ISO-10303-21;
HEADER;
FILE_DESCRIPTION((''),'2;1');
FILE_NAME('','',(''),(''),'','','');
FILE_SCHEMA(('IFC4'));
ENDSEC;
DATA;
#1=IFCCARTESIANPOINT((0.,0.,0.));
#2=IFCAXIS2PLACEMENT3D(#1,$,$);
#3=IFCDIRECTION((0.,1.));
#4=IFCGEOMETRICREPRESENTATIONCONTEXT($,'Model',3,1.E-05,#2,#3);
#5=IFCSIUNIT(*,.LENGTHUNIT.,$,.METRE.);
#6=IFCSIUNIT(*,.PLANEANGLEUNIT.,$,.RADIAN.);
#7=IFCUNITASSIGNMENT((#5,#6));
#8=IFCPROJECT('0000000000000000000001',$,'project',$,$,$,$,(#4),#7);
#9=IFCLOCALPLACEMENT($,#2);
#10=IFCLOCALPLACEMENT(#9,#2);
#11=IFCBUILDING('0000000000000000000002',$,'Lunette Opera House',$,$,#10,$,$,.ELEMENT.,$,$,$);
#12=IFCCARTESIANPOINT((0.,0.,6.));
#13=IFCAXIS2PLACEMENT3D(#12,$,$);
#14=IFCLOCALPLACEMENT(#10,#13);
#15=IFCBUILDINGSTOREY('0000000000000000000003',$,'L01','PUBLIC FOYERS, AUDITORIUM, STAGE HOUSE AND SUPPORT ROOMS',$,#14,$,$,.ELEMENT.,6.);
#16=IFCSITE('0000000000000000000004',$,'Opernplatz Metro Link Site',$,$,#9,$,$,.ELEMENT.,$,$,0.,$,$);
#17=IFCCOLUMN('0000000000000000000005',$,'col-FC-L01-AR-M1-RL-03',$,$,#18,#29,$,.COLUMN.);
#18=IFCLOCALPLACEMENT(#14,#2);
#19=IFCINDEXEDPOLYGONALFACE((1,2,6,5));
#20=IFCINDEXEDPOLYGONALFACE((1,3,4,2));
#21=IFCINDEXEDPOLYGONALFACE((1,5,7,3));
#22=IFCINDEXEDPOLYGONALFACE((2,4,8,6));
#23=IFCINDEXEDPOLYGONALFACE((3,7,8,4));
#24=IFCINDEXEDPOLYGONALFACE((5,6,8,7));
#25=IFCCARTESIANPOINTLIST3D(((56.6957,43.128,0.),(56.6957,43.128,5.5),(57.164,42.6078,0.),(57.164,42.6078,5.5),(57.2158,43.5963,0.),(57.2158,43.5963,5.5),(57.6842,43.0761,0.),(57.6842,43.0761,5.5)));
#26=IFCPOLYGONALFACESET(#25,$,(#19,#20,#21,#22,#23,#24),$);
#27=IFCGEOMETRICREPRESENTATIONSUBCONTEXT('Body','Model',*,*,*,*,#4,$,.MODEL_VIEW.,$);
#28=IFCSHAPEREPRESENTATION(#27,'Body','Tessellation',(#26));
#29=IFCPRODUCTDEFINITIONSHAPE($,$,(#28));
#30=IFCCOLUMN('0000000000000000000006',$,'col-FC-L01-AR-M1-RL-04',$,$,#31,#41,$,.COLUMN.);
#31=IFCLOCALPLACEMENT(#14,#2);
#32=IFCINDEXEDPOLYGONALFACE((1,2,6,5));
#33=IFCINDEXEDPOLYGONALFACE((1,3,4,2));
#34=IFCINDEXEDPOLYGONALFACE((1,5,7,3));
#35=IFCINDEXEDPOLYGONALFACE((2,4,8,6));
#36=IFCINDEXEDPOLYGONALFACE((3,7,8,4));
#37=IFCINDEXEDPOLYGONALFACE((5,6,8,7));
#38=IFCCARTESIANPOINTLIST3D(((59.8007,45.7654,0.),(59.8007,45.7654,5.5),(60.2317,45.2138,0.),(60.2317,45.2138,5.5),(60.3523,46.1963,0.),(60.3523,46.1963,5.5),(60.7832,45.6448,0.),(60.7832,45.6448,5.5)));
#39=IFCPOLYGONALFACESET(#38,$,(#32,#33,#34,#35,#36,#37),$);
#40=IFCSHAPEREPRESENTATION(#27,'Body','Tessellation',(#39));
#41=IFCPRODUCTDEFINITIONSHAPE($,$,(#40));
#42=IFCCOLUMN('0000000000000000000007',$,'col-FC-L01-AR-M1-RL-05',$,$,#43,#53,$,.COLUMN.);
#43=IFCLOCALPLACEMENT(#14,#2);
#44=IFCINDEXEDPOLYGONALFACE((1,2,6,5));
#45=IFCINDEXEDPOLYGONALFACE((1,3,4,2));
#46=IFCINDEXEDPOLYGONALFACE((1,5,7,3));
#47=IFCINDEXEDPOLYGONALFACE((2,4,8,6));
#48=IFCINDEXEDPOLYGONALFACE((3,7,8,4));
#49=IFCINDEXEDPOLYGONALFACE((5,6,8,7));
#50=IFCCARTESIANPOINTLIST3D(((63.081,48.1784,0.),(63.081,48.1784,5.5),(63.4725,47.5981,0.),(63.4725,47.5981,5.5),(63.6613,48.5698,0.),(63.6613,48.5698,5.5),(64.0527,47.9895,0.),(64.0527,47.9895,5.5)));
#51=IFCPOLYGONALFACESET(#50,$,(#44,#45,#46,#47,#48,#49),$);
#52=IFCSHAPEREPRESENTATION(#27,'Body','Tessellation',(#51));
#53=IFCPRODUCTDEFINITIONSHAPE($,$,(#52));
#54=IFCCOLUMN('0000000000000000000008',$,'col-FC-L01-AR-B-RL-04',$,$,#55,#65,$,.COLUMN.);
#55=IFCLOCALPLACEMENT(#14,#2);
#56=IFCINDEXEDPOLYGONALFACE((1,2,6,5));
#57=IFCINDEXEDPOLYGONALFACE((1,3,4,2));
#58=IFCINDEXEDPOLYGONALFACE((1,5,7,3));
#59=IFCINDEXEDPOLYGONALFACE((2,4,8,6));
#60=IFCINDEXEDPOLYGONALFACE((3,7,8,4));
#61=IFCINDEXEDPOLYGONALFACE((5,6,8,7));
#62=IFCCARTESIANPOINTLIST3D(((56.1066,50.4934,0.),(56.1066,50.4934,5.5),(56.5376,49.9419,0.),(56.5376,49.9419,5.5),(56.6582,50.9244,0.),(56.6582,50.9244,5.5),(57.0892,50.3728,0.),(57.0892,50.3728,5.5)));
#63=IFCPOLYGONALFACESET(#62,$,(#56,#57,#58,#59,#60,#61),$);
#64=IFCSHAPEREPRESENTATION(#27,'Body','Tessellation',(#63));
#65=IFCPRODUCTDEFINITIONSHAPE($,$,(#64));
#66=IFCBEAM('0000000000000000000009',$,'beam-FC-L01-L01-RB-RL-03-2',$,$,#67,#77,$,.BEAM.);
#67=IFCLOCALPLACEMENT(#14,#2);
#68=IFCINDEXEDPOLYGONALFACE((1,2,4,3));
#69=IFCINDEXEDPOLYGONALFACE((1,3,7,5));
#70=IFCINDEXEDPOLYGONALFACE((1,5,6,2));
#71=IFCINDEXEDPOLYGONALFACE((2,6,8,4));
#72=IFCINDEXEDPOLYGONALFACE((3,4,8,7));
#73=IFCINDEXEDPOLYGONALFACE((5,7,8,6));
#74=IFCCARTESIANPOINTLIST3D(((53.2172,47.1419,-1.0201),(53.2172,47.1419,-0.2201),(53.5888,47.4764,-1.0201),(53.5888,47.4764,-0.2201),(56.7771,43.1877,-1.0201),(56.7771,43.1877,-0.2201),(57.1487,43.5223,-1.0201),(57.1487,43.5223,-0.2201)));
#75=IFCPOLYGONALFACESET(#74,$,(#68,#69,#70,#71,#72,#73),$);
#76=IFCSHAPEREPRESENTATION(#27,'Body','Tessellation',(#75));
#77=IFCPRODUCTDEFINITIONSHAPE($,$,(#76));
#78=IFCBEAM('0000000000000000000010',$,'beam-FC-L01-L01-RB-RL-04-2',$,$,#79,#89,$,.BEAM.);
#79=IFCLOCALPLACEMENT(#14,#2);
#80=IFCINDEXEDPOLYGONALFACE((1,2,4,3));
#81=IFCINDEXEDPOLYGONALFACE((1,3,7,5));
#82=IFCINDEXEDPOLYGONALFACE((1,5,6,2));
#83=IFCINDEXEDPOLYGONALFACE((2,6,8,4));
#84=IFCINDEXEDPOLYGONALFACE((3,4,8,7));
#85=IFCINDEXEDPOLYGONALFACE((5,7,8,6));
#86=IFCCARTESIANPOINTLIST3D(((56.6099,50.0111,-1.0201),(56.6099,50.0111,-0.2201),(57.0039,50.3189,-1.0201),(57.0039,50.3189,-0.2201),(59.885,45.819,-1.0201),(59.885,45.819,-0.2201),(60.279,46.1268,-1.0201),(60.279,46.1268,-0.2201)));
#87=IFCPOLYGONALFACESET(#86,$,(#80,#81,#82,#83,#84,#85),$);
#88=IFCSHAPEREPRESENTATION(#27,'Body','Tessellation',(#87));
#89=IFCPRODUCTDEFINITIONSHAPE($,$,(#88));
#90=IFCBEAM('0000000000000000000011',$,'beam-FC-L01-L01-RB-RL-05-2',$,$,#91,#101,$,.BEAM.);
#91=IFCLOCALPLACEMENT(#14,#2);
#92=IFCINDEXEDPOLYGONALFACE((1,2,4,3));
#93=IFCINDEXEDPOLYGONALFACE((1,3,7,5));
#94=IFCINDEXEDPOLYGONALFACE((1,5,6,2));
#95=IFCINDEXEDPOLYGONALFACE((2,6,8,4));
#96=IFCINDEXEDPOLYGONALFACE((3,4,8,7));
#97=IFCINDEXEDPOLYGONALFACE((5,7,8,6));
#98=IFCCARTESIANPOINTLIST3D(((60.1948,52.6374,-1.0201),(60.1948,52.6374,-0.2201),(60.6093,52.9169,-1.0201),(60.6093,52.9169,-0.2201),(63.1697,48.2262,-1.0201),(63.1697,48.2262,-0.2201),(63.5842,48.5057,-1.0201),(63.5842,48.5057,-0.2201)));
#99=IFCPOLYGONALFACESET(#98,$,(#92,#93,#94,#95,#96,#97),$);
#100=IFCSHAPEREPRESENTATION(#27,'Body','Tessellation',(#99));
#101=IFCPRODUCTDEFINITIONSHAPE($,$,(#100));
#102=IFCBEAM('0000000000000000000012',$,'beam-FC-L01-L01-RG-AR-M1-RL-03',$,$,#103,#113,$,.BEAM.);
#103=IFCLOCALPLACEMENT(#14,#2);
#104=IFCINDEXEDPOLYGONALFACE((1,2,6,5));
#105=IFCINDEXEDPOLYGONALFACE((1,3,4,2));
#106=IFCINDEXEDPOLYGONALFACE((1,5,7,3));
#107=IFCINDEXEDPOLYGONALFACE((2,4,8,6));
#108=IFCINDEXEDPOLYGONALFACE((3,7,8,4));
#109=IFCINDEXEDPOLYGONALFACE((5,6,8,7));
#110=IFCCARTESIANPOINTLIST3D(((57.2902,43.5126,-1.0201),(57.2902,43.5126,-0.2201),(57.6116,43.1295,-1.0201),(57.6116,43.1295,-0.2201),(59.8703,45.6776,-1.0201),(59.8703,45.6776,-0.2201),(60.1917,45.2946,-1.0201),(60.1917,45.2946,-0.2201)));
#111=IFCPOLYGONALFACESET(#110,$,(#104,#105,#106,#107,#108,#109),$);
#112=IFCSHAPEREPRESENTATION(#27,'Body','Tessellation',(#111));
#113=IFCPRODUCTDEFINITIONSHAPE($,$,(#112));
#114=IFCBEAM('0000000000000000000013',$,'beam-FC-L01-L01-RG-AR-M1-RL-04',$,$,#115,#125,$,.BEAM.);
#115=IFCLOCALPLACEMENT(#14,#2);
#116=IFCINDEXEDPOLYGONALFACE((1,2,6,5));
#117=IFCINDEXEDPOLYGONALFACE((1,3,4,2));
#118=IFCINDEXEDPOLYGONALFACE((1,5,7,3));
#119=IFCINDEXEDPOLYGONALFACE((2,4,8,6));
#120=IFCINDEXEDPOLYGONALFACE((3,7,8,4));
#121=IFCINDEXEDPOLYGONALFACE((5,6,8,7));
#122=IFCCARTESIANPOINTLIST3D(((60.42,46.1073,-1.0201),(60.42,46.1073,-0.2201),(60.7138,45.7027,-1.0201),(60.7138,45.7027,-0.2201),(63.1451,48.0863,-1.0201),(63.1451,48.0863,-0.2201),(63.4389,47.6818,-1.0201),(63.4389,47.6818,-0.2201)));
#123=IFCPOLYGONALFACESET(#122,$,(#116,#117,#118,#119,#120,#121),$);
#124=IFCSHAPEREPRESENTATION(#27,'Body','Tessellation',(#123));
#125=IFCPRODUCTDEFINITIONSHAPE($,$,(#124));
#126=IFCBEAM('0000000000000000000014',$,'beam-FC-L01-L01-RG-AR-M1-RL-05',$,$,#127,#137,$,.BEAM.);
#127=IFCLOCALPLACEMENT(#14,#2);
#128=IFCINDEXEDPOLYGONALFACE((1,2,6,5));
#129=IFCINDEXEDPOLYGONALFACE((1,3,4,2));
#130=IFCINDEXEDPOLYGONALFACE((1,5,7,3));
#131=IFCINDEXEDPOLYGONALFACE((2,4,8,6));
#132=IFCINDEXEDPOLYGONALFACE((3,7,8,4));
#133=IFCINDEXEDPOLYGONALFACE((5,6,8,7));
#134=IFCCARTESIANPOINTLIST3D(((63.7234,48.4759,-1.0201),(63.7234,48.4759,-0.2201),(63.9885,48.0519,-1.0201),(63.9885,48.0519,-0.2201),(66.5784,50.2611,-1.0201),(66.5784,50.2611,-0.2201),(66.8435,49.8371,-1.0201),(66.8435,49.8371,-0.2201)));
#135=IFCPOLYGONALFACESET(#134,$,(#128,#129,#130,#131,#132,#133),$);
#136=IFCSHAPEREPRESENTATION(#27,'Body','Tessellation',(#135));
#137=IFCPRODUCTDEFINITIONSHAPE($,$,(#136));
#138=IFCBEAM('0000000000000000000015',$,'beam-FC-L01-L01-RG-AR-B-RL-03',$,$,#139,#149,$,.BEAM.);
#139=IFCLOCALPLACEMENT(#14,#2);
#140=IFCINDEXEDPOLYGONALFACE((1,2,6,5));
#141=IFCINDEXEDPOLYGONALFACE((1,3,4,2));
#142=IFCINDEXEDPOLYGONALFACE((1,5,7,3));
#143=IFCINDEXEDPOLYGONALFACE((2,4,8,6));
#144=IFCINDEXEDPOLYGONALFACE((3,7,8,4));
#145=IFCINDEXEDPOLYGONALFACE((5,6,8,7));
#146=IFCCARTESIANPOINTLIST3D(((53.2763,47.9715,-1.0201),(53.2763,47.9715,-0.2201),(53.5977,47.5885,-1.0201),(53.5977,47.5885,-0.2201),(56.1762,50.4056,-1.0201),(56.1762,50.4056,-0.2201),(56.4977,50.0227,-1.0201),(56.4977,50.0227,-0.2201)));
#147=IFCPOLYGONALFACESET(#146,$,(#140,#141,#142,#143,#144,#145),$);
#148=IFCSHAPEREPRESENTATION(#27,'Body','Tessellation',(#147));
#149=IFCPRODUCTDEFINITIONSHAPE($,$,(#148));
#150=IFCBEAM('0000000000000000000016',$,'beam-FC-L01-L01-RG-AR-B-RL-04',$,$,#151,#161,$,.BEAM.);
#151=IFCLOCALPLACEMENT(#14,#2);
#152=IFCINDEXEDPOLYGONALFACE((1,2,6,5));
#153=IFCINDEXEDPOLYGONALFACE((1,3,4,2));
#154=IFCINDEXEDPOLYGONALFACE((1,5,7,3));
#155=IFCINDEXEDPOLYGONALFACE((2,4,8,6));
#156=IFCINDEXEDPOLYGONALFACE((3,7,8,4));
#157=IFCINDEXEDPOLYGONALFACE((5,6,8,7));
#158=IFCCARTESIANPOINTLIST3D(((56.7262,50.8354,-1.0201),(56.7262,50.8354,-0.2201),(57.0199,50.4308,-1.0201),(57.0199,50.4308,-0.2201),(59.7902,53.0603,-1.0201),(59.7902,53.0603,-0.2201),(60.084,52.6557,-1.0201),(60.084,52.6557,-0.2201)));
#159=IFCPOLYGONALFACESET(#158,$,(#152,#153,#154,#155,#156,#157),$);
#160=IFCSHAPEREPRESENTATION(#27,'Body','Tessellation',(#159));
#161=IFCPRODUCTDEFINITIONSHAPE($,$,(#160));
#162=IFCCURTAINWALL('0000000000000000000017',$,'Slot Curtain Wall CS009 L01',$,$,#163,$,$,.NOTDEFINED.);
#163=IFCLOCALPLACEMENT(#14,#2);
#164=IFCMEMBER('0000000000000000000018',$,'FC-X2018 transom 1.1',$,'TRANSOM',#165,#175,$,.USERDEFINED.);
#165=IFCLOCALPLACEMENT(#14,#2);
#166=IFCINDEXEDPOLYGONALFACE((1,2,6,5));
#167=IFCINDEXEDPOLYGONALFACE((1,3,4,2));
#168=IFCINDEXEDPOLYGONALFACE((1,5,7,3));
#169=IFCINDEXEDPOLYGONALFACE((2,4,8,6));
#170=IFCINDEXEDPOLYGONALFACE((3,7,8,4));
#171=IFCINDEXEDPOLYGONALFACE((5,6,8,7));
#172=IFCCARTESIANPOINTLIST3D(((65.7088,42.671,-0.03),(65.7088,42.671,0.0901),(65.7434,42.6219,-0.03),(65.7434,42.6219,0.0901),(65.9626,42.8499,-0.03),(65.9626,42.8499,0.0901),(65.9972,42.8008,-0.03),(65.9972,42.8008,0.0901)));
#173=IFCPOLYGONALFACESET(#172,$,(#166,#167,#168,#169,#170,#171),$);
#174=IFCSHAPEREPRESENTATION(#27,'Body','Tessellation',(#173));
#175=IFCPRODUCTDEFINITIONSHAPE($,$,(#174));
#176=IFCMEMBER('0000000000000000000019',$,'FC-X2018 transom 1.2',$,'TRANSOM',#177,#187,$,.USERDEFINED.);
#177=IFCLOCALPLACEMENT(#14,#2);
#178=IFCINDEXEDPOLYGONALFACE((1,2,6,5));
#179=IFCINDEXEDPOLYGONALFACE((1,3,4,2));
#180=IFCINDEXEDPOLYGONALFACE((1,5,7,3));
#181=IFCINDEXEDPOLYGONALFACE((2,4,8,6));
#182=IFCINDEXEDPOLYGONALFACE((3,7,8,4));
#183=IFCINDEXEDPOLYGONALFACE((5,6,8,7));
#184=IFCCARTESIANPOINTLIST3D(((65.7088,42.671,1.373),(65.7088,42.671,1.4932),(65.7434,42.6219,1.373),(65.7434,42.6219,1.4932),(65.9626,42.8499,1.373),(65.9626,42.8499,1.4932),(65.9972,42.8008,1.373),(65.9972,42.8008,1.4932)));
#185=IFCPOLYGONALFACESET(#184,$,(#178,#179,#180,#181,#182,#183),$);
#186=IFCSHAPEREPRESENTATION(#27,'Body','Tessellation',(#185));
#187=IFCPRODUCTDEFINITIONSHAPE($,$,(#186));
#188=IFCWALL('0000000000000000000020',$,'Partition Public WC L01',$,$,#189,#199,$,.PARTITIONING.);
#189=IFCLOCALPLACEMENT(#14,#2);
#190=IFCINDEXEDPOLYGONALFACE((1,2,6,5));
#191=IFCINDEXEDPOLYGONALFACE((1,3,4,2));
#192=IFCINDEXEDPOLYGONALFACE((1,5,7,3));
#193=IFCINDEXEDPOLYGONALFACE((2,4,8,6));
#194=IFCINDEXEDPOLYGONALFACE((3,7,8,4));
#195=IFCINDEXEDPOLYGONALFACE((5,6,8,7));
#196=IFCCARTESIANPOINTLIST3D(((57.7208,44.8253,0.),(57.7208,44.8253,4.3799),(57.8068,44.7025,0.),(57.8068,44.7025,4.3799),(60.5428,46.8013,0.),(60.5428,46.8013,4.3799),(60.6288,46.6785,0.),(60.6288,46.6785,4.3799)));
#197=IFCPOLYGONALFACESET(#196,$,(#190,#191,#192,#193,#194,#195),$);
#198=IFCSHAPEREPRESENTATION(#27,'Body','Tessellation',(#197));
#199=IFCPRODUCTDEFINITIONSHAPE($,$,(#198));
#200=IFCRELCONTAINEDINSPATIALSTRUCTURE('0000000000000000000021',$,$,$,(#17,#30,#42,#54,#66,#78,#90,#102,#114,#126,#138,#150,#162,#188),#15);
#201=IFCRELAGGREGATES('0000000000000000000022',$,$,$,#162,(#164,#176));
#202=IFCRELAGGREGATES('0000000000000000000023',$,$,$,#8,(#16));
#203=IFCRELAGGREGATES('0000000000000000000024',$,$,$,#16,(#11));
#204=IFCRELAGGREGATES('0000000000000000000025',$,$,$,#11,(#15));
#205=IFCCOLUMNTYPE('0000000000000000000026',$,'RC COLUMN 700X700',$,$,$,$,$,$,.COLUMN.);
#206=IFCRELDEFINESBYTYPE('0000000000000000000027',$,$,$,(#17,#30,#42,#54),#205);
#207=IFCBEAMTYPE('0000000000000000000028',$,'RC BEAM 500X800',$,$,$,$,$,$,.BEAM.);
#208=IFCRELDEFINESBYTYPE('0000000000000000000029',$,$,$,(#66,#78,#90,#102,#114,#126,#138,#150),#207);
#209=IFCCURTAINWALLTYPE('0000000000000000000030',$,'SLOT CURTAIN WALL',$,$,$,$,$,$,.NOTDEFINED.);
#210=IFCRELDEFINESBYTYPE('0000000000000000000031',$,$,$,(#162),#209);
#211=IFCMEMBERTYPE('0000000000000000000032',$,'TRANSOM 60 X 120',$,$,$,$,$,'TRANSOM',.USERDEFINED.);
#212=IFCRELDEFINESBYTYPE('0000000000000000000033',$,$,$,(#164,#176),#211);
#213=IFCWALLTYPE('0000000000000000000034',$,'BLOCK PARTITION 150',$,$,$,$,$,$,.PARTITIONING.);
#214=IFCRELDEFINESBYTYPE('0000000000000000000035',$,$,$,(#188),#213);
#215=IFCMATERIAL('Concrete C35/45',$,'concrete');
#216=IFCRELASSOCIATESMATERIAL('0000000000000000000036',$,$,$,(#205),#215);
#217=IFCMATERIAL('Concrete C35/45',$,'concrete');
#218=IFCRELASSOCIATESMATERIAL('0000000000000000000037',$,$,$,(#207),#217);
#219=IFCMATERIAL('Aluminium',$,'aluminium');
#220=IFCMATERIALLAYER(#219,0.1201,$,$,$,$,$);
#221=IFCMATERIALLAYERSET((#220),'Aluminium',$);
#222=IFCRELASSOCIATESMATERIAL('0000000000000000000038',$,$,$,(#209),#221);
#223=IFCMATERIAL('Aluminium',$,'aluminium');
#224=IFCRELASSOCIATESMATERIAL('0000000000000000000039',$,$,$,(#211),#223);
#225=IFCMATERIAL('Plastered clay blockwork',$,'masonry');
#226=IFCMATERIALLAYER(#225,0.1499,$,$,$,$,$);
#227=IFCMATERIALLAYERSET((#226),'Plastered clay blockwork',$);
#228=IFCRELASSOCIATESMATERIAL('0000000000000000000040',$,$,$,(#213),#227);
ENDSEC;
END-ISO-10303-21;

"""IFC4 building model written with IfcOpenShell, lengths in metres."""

from ifc_helpers import new_model, si_unit, direction, frame, frame_2d, origin, origin_2d, place, context, subcontext, project, spatial, rectangle, extrude, material, layer, layer_set, material_profile, profile_set, type_object, element, aggregate, save


model = new_model("IFC4")

# Units and contexts
model_context = context("Model", 3, precision=1e-05, world=origin(), true_north=direction((0.0, 1.0)))
body_context = subcontext(model_context, "Body", "Model", "MODEL_VIEW")
ifc_project = project(units=[si_unit("LENGTHUNIT", "METRE"), si_unit("PLANEANGLEUNIT", "RADIAN")], contexts=[model_context])

# Site, building, storey
site_placement = place(None, origin())
site = spatial("IfcSite", under=ifc_project, at=site_placement, Name="Opernplatz Metro Link Site", CompositionType="ELEMENT", RefElevation=0.0)
building_placement = place(site_placement, origin())
building = spatial("IfcBuilding", under=site, at=building_placement, Name="Lunette Opera House", CompositionType="ELEMENT")
storey_placement = place(building_placement, frame((0.0, 0.0, 6.0)))
storey = spatial("IfcBuildingStorey", under=building, at=storey_placement, Name="L01", Description="PUBLIC FOYERS, AUDITORIUM, STAGE HOUSE AND SUPPORT ROOMS", CompositionType="ELEMENT", Elevation=6.0)

# Columns
ifc_material_1 = material(Name="Concrete C35/45", Category="concrete")
ifc_material_profile_1 = material_profile(ifc_material_1, rectangle(XDim=0.7, YDim=0.7, at=origin_2d()), Name="RC COLUMN 700X700")
ifc_profile_set_1 = profile_set([ifc_material_profile_1], Name="Concrete C35/45")
column_type = type_object("IfcColumnType", Name="RC COLUMN 700X700", PredefinedType="COLUMN", material=ifc_profile_set_1)
for number, where, z_axis, x_axis, name in (
    (1, (57.1899, 43.1021, 0.0), (0.0, 0.0, 1.0), (0.743145, 0.669131, 0.0), "col-FC-L01-AR-M1-RL-03"),
    (2, (60.292, 45.7051, 0.0), (0.0, 0.0, 1.0), (0.788011, 0.615661, 0.0), "col-FC-L01-AR-M1-RL-04"),
    (3, (63.5669, 48.084, 0.0), (0.0, 0.0, 1.0), (0.829038, 0.559193, 0.0), "col-FC-L01-AR-M1-RL-05"),
    (4, (56.5979, 50.4331, 0.0), (0.0, 0.0, 1.0), (0.788011, 0.615661, 0.0), "col-FC-L01-AR-B-RL-04"),
):
    element("IfcColumn", number, at=place(storey_placement, frame(where, z_axis=z_axis, x_axis=x_axis)), inside=storey, type_object=column_type, Name=name, PredefinedType="COLUMN", context=body_context, shape_type="SweptSolid", body=[
        extrude(rectangle(XDim=0.7, YDim=0.7, at=origin_2d()), origin(), (0.0, 0.0, 1.0), 5.5),
    ])

# Beams
ifc_material_2 = material(Name="Concrete C35/45", Category="concrete")
ifc_material_profile_2 = material_profile(ifc_material_2, rectangle(XDim=0.5, YDim=0.8, at=origin_2d()), Name="RC BEAM 500X800")
ifc_profile_set_2 = profile_set([ifc_material_profile_2], Name="Concrete C35/45")
beam_type = type_object("IfcBeamType", Name="RC BEAM 500X800", PredefinedType="BEAM", material=ifc_profile_set_2)
beam_1_placement = place(storey_placement, frame((56.9629, 43.355, -0.6201), z_axis=(-0.669081, 0.743189, 0.0), x_axis=(-0.743189, -0.669081, 0.0)))
element("IfcBeam", 5, at=beam_1_placement, inside=storey, type_object=beam_type, Name="beam-FC-L01-L01-RB-RL-03-2", PredefinedType="BEAM", context=body_context, shape_type="SweptSolid", body=[
    extrude(rectangle(XDim=0.5, YDim=0.8, at=origin_2d()), origin(), (0.0, 0.0, 1.0), 5.3206),
])
beam_2_placement = place(storey_placement, frame((60.082, 45.9729, -0.6201), z_axis=(-0.615648, 0.788021, 0.0), x_axis=(-0.788021, -0.615648, 0.0)))
element("IfcBeam", 6, at=beam_2_placement, inside=storey, type_object=beam_type, Name="beam-FC-L01-L01-RB-RL-04-2", PredefinedType="BEAM", context=body_context, shape_type="SweptSolid", body=[
    extrude(rectangle(XDim=0.5, YDim=0.8, at=origin_2d()), origin(), (0.0, 0.0, 1.0), 5.3198),
])
beam_3_placement = place(storey_placement, frame((63.377, 48.366, -0.6201), z_axis=(-0.559129, 0.829081, 0.0), x_axis=(-0.829081, -0.559129, 0.0)))
element("IfcBeam", 7, at=beam_3_placement, inside=storey, type_object=beam_type, Name="beam-FC-L01-L01-RB-RL-05-2", PredefinedType="BEAM", context=body_context, shape_type="SweptSolid", body=[
    extrude(rectangle(XDim=0.5, YDim=0.8, at=origin_2d()), origin(), (0.0, 0.0, 1.0), 5.3206),
])
beam_4_placement = place(storey_placement, frame((57.4509, 43.321, -0.6201), z_axis=(0.76603, 0.642804, 0.0), x_axis=(-0.642804, 0.76603, 0.0)))
element("IfcBeam", 8, at=beam_4_placement, inside=storey, type_object=beam_type, Name="beam-FC-L01-L01-RG-AR-M1-RL-03", PredefinedType="BEAM", context=body_context, shape_type="SweptSolid", body=[
    extrude(rectangle(XDim=0.5, YDim=0.8, at=origin_2d()), origin(), (0.0, 0.0, 1.0), 3.3682),
])
beam_5_placement = place(storey_placement, frame((60.5669, 45.905, -0.6201), z_axis=(0.809143, 0.587611, 0.0), x_axis=(-0.587611, 0.809143, 0.0)))
element("IfcBeam", 9, at=beam_5_placement, inside=storey, type_object=beam_type, Name="beam-FC-L01-L01-RG-AR-M1-RL-04", PredefinedType="BEAM", context=body_context, shape_type="SweptSolid", body=[
    extrude(rectangle(XDim=0.5, YDim=0.8, at=origin_2d()), origin(), (0.0, 0.0, 1.0), 3.3679),
])
beam_6_placement = place(storey_placement, frame((63.856, 48.2639, -0.6201), z_axis=(0.847892, 0.530168, 0.0), x_axis=(-0.530168, 0.847892, 0.0)))
element("IfcBeam", 10, at=beam_6_placement, inside=storey, type_object=beam_type, Name="beam-FC-L01-L01-RG-AR-M1-RL-05", PredefinedType="BEAM", context=body_context, shape_type="SweptSolid", body=[
    extrude(rectangle(XDim=0.5, YDim=0.8, at=origin_2d()), origin(), (0.0, 0.0, 1.0), 3.3672),
])
beam_7_placement = place(storey_placement, frame((53.437, 47.78, -0.6201), z_axis=(0.765944, 0.642908, 0.0), x_axis=(-0.642908, 0.765944, 0.0)))
element("IfcBeam", 11, at=beam_7_placement, inside=storey, type_object=beam_type, Name="beam-FC-L01-L01-RG-AR-B-RL-03", PredefinedType="BEAM", context=body_context, shape_type="SweptSolid", body=[
    extrude(rectangle(XDim=0.5, YDim=0.8, at=origin_2d()), origin(), (0.0, 0.0, 1.0), 3.7861),
])
beam_8_placement = place(storey_placement, frame((56.873, 50.6331, -0.6201), z_axis=(0.809174, 0.58757, 0.0), x_axis=(-0.58757, 0.809174, 0.0)))
element("IfcBeam", 12, at=beam_8_placement, inside=storey, type_object=beam_type, Name="beam-FC-L01-L01-RG-AR-B-RL-04", PredefinedType="BEAM", context=body_context, shape_type="SweptSolid", body=[
    extrude(rectangle(XDim=0.5, YDim=0.8, at=origin_2d()), origin(), (0.0, 0.0, 1.0), 3.7866),
])

# Curtain wall, members
ifc_material_3 = material(Name="Aluminium", Category="aluminium")
ifc_layer_1 = layer(ifc_material_3, 0.1201)
ifc_layer_set_1 = layer_set([ifc_layer_1], Name="Aluminium")
curtain_wall_type = type_object("IfcCurtainWallType", Name="SLOT CURTAIN WALL", PredefinedType="NOTDEFINED", material=ifc_layer_set_1)
curtain_wall_placement = place(storey_placement, origin())
curtain_wall = element("IfcCurtainWall", 13, at=curtain_wall_placement, inside=storey, type_object=curtain_wall_type, Name="Slot Curtain Wall CS009 L01", PredefinedType="NOTDEFINED")
ifc_material_4 = material(Name="Aluminium", Category="aluminium")
ifc_material_profile_3 = material_profile(ifc_material_4, rectangle(XDim=0.0601, YDim=0.1201, at=origin_2d()), Name="TRANSOM 60 X 120")
ifc_profile_set_3 = profile_set([ifc_material_profile_3], Name="Aluminium")
member_type = type_object("IfcMemberType", Name="TRANSOM 60 X 120", ElementType="TRANSOM", PredefinedType="USERDEFINED", material=ifc_profile_set_3)
member_1_placement = place(storey_placement, frame((65.7261, 42.6465, 0.03), z_axis=(0.817381, 0.576097, 0.0), x_axis=(-0.576097, 0.817381, 0.0)))
member_1 = element("IfcMember", 14, at=member_1_placement, type_object=member_type, Name="FC-X2018 transom 1.1", ObjectType="TRANSOM", PredefinedType="USERDEFINED", context=body_context, shape_type="SweptSolid", body=[
    extrude(rectangle(XDim=0.0601, YDim=0.1201, at=origin_2d()), origin(), (0.0, 0.0, 1.0), 0.3105),
])
member_2_placement = place(storey_placement, frame((65.7261, 42.6465, 1.4331), z_axis=(0.817381, 0.576097, 0.0), x_axis=(-0.576097, 0.817381, 0.0)))
member_2 = element("IfcMember", 15, at=member_2_placement, type_object=member_type, Name="FC-X2018 transom 1.2", ObjectType="TRANSOM", PredefinedType="USERDEFINED", context=body_context, shape_type="SweptSolid", body=[
    extrude(rectangle(XDim=0.0601, YDim=0.1201, at=origin_2d()), origin(), (0.0, 0.0, 1.0), 0.3105),
])
aggregate(curtain_wall, [member_1, member_2])

# Wall
ifc_material_5 = material(Name="Plastered clay blockwork", Category="masonry")
ifc_layer_2 = layer(ifc_material_5, 0.1499)
ifc_layer_set_2 = layer_set([ifc_layer_2], Name="Plastered clay blockwork")
wall_type_1 = type_object("IfcWallType", Name="BLOCK PARTITION 150", PredefinedType="PARTITIONING", material=ifc_layer_set_2)
wall_1_placement = place(storey_placement, frame((60.5859, 46.74, 0.0), z_axis=(0.0, 0.0, 1.0), x_axis=(-0.819142, -0.573591, 0.0)))
element("IfcWall", 16, at=wall_1_placement, inside=storey, type_object=wall_type_1, Name="Partition Public WC L01", PredefinedType="PARTITIONING", context=body_context, shape_type="SweptSolid", body=[
    extrude(rectangle(XDim=3.4451, YDim=0.1499, at=frame_2d((1.7227, 0.0))), origin(), (0.0, 0.0, 1.0), 4.3799),
])

save(model, "model.ifc")
